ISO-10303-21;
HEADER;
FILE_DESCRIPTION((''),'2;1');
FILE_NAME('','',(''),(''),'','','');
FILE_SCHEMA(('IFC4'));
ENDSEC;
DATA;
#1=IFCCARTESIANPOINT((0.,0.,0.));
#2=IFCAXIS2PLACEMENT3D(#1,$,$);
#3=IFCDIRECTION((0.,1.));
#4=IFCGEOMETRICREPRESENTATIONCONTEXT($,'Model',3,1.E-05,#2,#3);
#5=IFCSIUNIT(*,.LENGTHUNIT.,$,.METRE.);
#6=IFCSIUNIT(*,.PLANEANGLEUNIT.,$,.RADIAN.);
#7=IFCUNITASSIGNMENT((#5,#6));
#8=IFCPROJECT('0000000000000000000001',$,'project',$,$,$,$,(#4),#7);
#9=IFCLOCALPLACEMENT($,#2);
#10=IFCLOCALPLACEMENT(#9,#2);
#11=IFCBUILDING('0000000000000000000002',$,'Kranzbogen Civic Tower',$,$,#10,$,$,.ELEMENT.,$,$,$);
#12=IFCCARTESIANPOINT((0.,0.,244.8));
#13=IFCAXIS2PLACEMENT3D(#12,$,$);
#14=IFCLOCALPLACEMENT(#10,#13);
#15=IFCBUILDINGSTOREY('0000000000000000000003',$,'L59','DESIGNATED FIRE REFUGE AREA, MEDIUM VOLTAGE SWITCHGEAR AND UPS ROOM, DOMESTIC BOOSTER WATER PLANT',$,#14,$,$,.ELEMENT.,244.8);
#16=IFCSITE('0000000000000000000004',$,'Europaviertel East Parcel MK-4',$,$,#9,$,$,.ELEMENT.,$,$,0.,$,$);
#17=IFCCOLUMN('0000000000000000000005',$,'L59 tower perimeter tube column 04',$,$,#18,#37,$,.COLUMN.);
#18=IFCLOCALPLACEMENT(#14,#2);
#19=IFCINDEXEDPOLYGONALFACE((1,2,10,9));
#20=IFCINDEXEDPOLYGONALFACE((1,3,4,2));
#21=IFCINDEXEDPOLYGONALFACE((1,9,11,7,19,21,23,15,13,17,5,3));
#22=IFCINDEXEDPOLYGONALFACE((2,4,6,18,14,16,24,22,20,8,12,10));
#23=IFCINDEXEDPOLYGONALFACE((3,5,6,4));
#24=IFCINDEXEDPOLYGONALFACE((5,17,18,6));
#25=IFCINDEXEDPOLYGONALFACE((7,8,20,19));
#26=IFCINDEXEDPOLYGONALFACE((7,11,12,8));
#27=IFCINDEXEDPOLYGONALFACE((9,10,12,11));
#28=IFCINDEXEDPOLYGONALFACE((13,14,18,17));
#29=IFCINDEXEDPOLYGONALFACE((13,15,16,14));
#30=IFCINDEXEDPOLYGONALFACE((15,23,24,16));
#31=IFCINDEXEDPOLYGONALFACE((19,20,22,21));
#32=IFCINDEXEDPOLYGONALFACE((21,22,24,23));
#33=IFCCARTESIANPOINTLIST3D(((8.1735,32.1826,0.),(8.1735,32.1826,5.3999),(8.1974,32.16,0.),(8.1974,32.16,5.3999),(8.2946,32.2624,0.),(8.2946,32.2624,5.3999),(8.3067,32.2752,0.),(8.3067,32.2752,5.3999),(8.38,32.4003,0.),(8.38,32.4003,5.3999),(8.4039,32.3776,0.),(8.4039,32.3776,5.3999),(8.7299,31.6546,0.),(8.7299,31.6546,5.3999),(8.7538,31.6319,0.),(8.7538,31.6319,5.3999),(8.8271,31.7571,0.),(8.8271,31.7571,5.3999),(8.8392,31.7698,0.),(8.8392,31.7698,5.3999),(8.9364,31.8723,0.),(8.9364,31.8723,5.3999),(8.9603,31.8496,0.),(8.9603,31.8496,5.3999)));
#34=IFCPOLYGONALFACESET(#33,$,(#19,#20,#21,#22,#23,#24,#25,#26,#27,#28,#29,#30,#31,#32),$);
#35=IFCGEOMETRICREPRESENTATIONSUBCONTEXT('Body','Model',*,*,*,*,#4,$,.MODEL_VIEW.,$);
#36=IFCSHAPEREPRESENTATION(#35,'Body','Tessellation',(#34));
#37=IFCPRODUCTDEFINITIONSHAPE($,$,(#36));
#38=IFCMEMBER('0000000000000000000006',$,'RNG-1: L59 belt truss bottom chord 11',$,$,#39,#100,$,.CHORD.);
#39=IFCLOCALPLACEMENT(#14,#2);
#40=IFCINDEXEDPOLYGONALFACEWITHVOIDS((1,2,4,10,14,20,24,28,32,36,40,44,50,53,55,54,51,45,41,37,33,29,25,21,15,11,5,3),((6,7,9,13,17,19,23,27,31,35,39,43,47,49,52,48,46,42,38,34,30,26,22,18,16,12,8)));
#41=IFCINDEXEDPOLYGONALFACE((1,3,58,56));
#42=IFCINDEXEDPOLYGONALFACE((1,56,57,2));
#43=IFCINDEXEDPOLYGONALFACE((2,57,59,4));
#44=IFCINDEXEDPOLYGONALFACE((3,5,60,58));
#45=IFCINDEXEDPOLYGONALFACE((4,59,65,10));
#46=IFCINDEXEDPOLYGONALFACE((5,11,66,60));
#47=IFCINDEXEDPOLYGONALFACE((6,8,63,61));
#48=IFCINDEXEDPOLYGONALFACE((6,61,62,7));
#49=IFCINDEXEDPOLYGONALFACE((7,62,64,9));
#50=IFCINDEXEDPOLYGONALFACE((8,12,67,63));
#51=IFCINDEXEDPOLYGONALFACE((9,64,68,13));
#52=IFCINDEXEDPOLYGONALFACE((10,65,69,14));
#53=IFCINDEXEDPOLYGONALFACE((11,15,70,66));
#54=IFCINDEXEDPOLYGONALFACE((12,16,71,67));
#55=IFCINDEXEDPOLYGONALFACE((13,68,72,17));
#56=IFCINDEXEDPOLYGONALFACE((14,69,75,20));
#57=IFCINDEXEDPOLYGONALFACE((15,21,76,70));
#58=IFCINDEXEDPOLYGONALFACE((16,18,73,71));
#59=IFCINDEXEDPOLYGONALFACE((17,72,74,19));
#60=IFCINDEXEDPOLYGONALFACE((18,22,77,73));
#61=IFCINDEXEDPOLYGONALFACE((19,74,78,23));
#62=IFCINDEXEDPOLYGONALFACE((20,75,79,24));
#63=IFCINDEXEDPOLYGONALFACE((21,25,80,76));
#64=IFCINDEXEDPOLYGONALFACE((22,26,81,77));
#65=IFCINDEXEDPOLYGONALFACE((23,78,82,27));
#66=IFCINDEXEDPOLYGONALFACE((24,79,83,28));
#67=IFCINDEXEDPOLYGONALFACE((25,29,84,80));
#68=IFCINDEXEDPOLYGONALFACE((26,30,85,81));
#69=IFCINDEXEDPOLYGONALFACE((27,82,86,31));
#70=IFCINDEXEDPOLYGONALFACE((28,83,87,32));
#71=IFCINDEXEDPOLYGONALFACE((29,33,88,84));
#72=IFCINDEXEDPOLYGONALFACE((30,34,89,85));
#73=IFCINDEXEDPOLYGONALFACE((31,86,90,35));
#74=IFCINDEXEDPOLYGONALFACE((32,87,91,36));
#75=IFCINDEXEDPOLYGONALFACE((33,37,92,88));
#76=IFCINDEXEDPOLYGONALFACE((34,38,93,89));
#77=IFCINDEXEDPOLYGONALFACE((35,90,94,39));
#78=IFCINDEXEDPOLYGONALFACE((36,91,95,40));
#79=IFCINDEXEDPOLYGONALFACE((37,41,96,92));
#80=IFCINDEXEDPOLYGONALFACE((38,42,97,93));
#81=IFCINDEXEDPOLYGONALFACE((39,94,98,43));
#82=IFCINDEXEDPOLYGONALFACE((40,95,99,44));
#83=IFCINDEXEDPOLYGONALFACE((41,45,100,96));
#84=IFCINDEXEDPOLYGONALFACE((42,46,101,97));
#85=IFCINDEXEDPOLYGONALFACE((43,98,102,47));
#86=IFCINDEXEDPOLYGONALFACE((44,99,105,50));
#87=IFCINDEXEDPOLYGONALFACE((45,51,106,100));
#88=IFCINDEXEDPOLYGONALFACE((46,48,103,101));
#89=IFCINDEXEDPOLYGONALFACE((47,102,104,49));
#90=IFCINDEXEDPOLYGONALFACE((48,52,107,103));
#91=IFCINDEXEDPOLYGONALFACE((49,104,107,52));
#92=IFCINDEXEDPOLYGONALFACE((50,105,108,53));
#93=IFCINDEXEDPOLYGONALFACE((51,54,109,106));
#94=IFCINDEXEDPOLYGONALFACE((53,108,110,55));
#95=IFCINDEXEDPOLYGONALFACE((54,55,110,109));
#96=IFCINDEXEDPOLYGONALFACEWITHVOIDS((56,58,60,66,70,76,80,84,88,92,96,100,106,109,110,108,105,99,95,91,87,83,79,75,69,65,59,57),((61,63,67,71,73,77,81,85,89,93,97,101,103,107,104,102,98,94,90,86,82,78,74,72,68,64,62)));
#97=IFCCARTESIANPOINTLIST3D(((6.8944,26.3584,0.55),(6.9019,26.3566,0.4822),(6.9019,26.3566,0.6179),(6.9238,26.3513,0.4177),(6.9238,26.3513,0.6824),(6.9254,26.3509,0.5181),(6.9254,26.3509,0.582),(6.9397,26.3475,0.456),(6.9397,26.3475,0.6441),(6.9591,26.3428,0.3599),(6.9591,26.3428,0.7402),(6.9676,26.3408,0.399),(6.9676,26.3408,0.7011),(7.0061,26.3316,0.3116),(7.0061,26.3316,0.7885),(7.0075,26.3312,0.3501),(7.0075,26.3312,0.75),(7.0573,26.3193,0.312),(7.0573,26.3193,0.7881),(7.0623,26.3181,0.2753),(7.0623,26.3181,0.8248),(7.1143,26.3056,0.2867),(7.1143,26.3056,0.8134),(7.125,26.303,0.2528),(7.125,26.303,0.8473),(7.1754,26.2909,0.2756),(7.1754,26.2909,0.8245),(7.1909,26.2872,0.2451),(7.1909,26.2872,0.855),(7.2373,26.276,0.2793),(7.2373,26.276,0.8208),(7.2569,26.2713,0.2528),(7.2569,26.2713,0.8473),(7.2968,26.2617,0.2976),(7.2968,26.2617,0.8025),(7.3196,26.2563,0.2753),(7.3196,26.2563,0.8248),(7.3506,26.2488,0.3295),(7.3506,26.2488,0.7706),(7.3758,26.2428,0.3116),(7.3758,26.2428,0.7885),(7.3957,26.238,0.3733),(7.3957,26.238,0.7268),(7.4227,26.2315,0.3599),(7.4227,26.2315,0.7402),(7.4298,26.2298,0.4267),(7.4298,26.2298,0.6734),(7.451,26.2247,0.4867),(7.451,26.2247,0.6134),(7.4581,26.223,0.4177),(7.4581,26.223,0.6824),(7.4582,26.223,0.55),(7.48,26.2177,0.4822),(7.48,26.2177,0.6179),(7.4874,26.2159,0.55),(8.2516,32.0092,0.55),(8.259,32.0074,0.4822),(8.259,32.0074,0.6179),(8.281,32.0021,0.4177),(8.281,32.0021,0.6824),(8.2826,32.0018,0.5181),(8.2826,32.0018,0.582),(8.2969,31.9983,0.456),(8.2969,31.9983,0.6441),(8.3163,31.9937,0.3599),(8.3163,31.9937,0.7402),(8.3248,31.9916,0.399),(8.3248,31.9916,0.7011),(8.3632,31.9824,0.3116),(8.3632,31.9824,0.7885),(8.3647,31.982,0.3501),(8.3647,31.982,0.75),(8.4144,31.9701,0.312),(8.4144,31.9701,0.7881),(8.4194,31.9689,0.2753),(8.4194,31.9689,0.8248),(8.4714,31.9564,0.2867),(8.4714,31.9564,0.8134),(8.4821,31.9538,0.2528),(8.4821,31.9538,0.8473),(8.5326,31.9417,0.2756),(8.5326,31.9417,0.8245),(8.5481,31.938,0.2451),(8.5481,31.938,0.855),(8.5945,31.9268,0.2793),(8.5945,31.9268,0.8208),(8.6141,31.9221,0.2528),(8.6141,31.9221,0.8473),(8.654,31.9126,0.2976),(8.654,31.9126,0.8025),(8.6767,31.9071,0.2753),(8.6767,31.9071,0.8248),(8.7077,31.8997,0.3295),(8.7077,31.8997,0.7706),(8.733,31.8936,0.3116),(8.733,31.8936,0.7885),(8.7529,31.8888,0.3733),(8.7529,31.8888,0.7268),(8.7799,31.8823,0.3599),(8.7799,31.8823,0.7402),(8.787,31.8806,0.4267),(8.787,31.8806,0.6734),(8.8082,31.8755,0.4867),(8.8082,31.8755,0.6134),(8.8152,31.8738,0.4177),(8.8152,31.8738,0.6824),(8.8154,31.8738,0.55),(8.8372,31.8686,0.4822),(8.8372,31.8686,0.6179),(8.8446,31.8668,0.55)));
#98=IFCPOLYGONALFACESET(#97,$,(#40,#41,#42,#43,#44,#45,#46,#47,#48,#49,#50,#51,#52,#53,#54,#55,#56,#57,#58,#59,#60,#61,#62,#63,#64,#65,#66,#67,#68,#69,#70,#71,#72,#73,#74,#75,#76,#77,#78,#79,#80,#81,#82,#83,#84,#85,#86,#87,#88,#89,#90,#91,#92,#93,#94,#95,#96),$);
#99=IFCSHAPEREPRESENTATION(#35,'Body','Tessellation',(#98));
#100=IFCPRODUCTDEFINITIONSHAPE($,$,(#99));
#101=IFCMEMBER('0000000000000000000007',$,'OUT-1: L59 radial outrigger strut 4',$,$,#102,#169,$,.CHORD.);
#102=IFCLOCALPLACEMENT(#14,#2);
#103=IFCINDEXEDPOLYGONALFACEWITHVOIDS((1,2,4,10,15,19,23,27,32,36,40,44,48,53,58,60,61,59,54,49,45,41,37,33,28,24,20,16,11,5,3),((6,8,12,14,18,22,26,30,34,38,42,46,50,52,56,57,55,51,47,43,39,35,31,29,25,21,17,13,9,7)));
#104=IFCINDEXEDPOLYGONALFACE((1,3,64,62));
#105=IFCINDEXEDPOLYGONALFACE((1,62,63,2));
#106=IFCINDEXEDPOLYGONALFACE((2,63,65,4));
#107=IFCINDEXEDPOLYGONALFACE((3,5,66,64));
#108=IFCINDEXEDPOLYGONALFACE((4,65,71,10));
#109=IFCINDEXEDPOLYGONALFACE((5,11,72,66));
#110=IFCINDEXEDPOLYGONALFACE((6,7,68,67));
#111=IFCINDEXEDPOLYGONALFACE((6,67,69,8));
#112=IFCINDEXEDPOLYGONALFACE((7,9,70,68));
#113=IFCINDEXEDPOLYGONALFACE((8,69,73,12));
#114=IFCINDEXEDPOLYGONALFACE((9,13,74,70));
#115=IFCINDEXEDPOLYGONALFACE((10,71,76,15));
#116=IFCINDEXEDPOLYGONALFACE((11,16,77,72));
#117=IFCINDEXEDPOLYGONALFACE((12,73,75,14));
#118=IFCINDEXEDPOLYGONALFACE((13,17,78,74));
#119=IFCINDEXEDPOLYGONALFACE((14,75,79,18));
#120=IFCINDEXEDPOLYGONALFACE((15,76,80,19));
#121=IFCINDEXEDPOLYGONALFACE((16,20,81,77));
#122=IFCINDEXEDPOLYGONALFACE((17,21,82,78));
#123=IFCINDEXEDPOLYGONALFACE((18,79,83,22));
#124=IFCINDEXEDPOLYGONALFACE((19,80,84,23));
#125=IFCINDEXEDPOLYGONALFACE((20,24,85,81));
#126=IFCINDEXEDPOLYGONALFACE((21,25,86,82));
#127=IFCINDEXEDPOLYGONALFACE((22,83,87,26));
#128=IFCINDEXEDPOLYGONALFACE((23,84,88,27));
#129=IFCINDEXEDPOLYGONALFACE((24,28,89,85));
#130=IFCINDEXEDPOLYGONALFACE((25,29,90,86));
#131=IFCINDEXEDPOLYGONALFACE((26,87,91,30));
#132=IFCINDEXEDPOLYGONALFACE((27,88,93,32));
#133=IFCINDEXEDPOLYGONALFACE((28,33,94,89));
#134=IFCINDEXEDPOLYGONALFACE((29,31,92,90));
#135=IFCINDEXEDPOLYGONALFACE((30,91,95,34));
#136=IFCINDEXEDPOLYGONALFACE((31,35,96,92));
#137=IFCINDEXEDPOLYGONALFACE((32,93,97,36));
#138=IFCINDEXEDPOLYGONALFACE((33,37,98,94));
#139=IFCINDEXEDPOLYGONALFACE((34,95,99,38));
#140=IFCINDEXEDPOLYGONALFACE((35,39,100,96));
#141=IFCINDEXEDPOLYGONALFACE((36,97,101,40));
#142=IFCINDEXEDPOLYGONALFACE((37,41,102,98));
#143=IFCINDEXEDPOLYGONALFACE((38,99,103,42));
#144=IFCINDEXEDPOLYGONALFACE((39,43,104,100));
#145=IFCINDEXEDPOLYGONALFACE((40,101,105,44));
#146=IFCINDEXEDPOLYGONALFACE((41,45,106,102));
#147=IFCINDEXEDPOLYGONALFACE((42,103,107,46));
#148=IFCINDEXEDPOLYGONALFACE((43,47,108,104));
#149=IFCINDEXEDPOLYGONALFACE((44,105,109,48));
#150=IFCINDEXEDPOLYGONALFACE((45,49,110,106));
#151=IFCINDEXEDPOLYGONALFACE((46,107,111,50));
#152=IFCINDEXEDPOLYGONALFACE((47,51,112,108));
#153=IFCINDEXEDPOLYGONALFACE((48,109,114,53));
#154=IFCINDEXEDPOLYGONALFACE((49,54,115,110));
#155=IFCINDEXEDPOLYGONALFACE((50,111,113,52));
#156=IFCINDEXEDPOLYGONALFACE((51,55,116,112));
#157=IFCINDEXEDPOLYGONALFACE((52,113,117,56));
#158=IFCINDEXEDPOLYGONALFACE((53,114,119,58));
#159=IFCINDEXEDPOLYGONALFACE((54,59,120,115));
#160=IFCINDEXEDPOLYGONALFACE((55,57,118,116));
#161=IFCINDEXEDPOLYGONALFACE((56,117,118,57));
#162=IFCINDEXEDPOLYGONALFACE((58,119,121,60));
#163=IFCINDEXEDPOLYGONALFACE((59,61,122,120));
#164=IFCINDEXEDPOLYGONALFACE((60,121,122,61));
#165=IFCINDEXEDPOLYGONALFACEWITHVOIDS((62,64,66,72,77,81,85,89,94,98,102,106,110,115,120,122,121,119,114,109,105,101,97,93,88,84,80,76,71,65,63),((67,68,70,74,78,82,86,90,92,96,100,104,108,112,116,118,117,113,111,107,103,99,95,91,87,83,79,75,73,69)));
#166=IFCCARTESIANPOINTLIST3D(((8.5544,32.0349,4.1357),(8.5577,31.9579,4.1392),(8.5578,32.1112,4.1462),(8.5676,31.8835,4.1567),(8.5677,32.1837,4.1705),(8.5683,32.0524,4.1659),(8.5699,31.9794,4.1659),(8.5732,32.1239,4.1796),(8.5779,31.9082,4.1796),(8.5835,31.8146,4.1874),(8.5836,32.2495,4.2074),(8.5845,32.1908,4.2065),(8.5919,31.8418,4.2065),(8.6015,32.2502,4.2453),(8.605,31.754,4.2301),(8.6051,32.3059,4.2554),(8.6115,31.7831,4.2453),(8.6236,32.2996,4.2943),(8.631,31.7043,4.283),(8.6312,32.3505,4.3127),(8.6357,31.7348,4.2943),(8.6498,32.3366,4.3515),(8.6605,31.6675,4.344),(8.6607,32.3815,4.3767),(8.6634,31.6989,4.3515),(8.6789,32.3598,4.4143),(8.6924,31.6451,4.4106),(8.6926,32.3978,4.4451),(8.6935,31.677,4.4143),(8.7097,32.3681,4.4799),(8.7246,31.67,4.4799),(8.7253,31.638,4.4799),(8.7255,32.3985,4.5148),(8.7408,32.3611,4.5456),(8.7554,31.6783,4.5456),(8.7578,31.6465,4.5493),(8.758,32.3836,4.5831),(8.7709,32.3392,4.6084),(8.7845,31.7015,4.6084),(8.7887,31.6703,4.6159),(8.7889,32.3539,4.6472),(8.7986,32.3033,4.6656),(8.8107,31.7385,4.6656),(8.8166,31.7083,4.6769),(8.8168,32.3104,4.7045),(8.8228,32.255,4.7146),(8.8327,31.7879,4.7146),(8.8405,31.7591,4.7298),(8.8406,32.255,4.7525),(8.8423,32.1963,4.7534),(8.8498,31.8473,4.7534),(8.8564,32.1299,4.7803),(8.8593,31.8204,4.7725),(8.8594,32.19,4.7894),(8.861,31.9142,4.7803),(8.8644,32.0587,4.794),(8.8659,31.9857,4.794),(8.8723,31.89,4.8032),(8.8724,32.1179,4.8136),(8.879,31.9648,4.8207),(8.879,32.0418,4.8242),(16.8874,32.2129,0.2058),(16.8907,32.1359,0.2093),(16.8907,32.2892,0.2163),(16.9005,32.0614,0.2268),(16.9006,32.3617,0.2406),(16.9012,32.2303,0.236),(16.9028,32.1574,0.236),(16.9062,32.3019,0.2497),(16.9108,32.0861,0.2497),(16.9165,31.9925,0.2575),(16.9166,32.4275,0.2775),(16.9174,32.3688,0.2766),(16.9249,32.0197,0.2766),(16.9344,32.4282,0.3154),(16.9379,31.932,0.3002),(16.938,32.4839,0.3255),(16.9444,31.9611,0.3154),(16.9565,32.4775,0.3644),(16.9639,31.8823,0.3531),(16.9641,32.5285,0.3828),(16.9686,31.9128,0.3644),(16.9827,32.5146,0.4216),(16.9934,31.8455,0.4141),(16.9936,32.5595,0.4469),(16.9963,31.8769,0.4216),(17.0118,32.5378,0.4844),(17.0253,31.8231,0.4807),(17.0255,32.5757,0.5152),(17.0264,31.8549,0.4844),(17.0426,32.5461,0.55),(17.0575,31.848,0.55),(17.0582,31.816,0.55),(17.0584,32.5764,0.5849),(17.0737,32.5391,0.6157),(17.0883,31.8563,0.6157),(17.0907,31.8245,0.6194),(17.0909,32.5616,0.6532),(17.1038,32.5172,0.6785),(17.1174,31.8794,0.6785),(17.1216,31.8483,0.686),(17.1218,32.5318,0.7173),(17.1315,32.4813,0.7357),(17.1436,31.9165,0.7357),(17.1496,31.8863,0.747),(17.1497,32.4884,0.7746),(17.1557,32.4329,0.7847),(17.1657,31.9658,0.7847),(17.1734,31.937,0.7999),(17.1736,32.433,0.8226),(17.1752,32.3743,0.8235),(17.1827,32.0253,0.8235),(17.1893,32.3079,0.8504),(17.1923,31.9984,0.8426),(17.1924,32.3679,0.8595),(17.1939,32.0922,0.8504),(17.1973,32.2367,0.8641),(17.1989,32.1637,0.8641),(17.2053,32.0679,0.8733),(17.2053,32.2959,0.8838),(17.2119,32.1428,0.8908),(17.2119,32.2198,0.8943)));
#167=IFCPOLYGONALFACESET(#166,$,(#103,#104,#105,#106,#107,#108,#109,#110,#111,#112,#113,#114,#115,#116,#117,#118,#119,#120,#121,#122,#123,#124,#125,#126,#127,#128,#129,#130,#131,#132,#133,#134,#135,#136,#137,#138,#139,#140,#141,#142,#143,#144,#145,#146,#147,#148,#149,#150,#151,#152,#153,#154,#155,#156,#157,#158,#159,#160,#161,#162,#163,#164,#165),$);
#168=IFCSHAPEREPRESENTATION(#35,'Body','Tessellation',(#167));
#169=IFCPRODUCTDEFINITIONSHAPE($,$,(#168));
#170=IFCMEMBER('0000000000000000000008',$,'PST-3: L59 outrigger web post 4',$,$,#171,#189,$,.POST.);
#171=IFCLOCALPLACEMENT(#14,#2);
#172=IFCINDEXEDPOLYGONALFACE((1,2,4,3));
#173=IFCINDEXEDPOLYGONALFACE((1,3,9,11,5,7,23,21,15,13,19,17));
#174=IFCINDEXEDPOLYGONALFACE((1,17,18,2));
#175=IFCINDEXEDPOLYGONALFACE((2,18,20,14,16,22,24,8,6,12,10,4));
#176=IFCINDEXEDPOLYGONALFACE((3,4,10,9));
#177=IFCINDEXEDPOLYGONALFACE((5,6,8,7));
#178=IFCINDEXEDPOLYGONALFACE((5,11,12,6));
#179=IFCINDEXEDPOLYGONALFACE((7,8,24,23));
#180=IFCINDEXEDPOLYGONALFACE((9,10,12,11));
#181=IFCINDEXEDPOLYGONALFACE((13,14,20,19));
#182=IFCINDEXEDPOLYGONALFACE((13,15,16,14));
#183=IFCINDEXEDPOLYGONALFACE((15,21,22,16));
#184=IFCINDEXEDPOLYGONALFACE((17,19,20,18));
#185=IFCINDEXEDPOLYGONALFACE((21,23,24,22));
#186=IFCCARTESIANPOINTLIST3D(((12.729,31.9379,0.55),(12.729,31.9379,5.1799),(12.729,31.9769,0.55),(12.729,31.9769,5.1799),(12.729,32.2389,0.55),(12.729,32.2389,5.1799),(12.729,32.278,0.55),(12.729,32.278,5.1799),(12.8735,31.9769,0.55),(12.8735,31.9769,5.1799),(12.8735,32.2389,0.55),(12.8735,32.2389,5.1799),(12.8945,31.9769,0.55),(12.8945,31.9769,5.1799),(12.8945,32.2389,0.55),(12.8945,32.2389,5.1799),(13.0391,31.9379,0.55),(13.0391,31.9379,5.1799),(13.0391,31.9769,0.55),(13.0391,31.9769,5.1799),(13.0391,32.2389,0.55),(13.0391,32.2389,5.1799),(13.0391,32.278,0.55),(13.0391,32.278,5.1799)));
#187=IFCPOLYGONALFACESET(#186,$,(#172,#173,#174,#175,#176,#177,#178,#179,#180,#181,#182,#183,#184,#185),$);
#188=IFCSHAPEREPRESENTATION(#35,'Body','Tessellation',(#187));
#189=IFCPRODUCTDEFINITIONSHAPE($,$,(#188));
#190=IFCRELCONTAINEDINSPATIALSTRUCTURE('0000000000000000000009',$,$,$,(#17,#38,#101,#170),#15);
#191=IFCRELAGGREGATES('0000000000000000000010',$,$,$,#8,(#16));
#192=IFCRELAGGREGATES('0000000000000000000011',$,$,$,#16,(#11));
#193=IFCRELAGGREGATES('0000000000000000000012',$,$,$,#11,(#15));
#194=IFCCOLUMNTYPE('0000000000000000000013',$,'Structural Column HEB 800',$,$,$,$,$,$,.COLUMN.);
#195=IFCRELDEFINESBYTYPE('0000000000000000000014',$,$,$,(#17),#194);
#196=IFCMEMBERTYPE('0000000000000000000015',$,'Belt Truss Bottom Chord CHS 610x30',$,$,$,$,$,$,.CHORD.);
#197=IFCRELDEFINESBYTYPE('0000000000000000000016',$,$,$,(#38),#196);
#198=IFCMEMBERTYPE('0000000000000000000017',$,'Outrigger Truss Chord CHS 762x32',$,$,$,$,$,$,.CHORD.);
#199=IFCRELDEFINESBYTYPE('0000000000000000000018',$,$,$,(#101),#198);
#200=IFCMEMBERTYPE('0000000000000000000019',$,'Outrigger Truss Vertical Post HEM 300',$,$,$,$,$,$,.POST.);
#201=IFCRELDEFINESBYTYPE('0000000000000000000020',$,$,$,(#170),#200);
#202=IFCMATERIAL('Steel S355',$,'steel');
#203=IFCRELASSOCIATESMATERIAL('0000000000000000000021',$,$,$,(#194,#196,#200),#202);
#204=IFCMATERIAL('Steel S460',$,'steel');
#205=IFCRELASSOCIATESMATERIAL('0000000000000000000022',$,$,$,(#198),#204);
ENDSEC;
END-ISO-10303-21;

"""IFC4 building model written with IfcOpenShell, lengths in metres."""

from ifc_helpers import new_model, si_unit, direction, frame, origin, origin_2d, place, context, subcontext, project, spatial, hollow_circle, i_section, extrude, material, material_profile, profile_set, type_object, element, save


model = new_model("IFC4")

# Units and contexts
model_context = context("Model", 3, precision=1e-05, world=origin(), true_north=direction((0.0, 1.0)))
body_context = subcontext(model_context, "Body", "Model", "MODEL_VIEW")
ifc_project = project(units=[si_unit("LENGTHUNIT", "METRE"), si_unit("PLANEANGLEUNIT", "RADIAN")], contexts=[model_context])

# Site, building, storey
site_placement = place(None, origin())
site = spatial("IfcSite", under=ifc_project, at=site_placement, Name="Europaviertel East Parcel MK-4", CompositionType="ELEMENT", RefElevation=0.0)
building_placement = place(site_placement, origin())
building = spatial("IfcBuilding", under=site, at=building_placement, Name="Kranzbogen Civic Tower", CompositionType="ELEMENT")
storey_placement = place(building_placement, frame((0.0, 0.0, 244.8)))
storey = spatial("IfcBuildingStorey", under=building, at=storey_placement, Name="L59", Description="DESIGNATED FIRE REFUGE AREA, MEDIUM VOLTAGE SWITCHGEAR AND UPS ROOM, DOMESTIC BOOSTER WATER PLANT", CompositionType="ELEMENT", Elevation=244.8)

# Column
ifc_material_1 = material(Name="Steel S355", Category="steel")
ifc_material_profile_1 = material_profile(ifc_material_1, i_section(OverallWidth=0.3, OverallDepth=0.8, WebThickness=0.0176, FlangeThickness=0.033, at=origin_2d()), Name="HEB 800")
ifc_profile_set_1 = profile_set([ifc_material_profile_1], Name="Steel S355")
column_type = type_object("IfcColumnType", Name="Structural Column HEB 800", PredefinedType="COLUMN", material=ifc_profile_set_1)
column_placement = place(storey_placement, frame((8.5669, 32.0161, 0.0), z_axis=(0.0, 0.0, 1.0), x_axis=(0.688355, 0.725374, 0.0)))
element("IfcColumn", 1, at=column_placement, inside=storey, type_object=column_type, Name="L59 tower perimeter tube column 04", PredefinedType="COLUMN", context=body_context, shape_type="SweptSolid", body=[
    extrude(i_section(OverallWidth=0.3, OverallDepth=0.8, WebThickness=0.0176, FlangeThickness=0.033, at=origin_2d()), origin(), (0.0, 0.0, 1.0), 5.3999),
])

# Members
ifc_material_profile_2 = material_profile(ifc_material_1, hollow_circle(Radius=0.3049, WallThickness=0.03, at=origin_2d()), Name="CHS 610x30")
ifc_profile_set_2 = profile_set([ifc_material_profile_2], Name="Steel S355")
member_type_1 = type_object("IfcMemberType", Name="Belt Truss Bottom Chord CHS 610x30", PredefinedType="CHORD", material=ifc_profile_set_2)
member_1_placement = place(storey_placement, frame((8.5481, 31.938, 0.55), z_axis=(-0.23353, -0.97235, 0.0), x_axis=(0.97235, -0.23353, 0.0)))
element("IfcMember", 2, at=member_1_placement, inside=storey, type_object=member_type_1, Name="RNG-1: L59 belt truss bottom chord 11", PredefinedType="CHORD", context=body_context, shape_type="SweptSolid", body=[
    extrude(hollow_circle(Radius=0.3049, WallThickness=0.03, at=origin_2d()), origin(), (0.0, 0.0, 1.0), 5.8115),
])
ifc_material_2 = material(Name="Steel S460", Category="steel")
ifc_material_profile_3 = material_profile(ifc_material_2, hollow_circle(Radius=0.3811, WallThickness=0.032, at=origin_2d()), Name="CHS 762x32")
ifc_profile_set_3 = profile_set([ifc_material_profile_3], Name="Steel S460")
member_type_2 = type_object("IfcMemberType", Name="Outrigger Truss Chord CHS 762x32", PredefinedType="CHORD", material=ifc_profile_set_3)
member_2_placement = place(storey_placement, frame((17.05, 32.197, 0.55), z_axis=(-0.904294, -0.019314, 0.426474), x_axis=(0.021353, -0.999772, 0.0)))
element("IfcMember", 3, at=member_2_placement, inside=storey, type_object=member_type_2, Name="OUT-1: L59 radial outrigger strut 4", PredefinedType="CHORD", context=body_context, shape_type="SweptSolid", body=[
    extrude(hollow_circle(Radius=0.3811, WallThickness=0.032, at=origin_2d()), origin(), (0.0, 0.0, 1.0), 9.2148),
])
ifc_material_profile_4 = material_profile(ifc_material_1, i_section(OverallWidth=0.3101, OverallDepth=0.3401, WebThickness=0.021, FlangeThickness=0.0391, at=origin_2d()), Name="HEM 300")
ifc_profile_set_4 = profile_set([ifc_material_profile_4], Name="Steel S355")
member_type_3 = type_object("IfcMemberType", Name="Outrigger Truss Vertical Post HEM 300", PredefinedType="POST", material=ifc_profile_set_4)
member_3_placement = place(storey_placement, frame((12.884, 32.1079, 0.55), z_axis=(0.0, 0.0, 1.0), x_axis=(1.0, 0.0, 0.0)))
element("IfcMember", 4, at=member_3_placement, inside=storey, type_object=member_type_3, Name="PST-3: L59 outrigger web post 4", PredefinedType="POST", context=body_context, shape_type="SweptSolid", body=[
    extrude(i_section(OverallWidth=0.3101, OverallDepth=0.3401, WebThickness=0.021, FlangeThickness=0.0391, at=origin_2d()), origin(), (0.0, 0.0, 1.0), 4.6299),
])

save(model, "model.ifc")
